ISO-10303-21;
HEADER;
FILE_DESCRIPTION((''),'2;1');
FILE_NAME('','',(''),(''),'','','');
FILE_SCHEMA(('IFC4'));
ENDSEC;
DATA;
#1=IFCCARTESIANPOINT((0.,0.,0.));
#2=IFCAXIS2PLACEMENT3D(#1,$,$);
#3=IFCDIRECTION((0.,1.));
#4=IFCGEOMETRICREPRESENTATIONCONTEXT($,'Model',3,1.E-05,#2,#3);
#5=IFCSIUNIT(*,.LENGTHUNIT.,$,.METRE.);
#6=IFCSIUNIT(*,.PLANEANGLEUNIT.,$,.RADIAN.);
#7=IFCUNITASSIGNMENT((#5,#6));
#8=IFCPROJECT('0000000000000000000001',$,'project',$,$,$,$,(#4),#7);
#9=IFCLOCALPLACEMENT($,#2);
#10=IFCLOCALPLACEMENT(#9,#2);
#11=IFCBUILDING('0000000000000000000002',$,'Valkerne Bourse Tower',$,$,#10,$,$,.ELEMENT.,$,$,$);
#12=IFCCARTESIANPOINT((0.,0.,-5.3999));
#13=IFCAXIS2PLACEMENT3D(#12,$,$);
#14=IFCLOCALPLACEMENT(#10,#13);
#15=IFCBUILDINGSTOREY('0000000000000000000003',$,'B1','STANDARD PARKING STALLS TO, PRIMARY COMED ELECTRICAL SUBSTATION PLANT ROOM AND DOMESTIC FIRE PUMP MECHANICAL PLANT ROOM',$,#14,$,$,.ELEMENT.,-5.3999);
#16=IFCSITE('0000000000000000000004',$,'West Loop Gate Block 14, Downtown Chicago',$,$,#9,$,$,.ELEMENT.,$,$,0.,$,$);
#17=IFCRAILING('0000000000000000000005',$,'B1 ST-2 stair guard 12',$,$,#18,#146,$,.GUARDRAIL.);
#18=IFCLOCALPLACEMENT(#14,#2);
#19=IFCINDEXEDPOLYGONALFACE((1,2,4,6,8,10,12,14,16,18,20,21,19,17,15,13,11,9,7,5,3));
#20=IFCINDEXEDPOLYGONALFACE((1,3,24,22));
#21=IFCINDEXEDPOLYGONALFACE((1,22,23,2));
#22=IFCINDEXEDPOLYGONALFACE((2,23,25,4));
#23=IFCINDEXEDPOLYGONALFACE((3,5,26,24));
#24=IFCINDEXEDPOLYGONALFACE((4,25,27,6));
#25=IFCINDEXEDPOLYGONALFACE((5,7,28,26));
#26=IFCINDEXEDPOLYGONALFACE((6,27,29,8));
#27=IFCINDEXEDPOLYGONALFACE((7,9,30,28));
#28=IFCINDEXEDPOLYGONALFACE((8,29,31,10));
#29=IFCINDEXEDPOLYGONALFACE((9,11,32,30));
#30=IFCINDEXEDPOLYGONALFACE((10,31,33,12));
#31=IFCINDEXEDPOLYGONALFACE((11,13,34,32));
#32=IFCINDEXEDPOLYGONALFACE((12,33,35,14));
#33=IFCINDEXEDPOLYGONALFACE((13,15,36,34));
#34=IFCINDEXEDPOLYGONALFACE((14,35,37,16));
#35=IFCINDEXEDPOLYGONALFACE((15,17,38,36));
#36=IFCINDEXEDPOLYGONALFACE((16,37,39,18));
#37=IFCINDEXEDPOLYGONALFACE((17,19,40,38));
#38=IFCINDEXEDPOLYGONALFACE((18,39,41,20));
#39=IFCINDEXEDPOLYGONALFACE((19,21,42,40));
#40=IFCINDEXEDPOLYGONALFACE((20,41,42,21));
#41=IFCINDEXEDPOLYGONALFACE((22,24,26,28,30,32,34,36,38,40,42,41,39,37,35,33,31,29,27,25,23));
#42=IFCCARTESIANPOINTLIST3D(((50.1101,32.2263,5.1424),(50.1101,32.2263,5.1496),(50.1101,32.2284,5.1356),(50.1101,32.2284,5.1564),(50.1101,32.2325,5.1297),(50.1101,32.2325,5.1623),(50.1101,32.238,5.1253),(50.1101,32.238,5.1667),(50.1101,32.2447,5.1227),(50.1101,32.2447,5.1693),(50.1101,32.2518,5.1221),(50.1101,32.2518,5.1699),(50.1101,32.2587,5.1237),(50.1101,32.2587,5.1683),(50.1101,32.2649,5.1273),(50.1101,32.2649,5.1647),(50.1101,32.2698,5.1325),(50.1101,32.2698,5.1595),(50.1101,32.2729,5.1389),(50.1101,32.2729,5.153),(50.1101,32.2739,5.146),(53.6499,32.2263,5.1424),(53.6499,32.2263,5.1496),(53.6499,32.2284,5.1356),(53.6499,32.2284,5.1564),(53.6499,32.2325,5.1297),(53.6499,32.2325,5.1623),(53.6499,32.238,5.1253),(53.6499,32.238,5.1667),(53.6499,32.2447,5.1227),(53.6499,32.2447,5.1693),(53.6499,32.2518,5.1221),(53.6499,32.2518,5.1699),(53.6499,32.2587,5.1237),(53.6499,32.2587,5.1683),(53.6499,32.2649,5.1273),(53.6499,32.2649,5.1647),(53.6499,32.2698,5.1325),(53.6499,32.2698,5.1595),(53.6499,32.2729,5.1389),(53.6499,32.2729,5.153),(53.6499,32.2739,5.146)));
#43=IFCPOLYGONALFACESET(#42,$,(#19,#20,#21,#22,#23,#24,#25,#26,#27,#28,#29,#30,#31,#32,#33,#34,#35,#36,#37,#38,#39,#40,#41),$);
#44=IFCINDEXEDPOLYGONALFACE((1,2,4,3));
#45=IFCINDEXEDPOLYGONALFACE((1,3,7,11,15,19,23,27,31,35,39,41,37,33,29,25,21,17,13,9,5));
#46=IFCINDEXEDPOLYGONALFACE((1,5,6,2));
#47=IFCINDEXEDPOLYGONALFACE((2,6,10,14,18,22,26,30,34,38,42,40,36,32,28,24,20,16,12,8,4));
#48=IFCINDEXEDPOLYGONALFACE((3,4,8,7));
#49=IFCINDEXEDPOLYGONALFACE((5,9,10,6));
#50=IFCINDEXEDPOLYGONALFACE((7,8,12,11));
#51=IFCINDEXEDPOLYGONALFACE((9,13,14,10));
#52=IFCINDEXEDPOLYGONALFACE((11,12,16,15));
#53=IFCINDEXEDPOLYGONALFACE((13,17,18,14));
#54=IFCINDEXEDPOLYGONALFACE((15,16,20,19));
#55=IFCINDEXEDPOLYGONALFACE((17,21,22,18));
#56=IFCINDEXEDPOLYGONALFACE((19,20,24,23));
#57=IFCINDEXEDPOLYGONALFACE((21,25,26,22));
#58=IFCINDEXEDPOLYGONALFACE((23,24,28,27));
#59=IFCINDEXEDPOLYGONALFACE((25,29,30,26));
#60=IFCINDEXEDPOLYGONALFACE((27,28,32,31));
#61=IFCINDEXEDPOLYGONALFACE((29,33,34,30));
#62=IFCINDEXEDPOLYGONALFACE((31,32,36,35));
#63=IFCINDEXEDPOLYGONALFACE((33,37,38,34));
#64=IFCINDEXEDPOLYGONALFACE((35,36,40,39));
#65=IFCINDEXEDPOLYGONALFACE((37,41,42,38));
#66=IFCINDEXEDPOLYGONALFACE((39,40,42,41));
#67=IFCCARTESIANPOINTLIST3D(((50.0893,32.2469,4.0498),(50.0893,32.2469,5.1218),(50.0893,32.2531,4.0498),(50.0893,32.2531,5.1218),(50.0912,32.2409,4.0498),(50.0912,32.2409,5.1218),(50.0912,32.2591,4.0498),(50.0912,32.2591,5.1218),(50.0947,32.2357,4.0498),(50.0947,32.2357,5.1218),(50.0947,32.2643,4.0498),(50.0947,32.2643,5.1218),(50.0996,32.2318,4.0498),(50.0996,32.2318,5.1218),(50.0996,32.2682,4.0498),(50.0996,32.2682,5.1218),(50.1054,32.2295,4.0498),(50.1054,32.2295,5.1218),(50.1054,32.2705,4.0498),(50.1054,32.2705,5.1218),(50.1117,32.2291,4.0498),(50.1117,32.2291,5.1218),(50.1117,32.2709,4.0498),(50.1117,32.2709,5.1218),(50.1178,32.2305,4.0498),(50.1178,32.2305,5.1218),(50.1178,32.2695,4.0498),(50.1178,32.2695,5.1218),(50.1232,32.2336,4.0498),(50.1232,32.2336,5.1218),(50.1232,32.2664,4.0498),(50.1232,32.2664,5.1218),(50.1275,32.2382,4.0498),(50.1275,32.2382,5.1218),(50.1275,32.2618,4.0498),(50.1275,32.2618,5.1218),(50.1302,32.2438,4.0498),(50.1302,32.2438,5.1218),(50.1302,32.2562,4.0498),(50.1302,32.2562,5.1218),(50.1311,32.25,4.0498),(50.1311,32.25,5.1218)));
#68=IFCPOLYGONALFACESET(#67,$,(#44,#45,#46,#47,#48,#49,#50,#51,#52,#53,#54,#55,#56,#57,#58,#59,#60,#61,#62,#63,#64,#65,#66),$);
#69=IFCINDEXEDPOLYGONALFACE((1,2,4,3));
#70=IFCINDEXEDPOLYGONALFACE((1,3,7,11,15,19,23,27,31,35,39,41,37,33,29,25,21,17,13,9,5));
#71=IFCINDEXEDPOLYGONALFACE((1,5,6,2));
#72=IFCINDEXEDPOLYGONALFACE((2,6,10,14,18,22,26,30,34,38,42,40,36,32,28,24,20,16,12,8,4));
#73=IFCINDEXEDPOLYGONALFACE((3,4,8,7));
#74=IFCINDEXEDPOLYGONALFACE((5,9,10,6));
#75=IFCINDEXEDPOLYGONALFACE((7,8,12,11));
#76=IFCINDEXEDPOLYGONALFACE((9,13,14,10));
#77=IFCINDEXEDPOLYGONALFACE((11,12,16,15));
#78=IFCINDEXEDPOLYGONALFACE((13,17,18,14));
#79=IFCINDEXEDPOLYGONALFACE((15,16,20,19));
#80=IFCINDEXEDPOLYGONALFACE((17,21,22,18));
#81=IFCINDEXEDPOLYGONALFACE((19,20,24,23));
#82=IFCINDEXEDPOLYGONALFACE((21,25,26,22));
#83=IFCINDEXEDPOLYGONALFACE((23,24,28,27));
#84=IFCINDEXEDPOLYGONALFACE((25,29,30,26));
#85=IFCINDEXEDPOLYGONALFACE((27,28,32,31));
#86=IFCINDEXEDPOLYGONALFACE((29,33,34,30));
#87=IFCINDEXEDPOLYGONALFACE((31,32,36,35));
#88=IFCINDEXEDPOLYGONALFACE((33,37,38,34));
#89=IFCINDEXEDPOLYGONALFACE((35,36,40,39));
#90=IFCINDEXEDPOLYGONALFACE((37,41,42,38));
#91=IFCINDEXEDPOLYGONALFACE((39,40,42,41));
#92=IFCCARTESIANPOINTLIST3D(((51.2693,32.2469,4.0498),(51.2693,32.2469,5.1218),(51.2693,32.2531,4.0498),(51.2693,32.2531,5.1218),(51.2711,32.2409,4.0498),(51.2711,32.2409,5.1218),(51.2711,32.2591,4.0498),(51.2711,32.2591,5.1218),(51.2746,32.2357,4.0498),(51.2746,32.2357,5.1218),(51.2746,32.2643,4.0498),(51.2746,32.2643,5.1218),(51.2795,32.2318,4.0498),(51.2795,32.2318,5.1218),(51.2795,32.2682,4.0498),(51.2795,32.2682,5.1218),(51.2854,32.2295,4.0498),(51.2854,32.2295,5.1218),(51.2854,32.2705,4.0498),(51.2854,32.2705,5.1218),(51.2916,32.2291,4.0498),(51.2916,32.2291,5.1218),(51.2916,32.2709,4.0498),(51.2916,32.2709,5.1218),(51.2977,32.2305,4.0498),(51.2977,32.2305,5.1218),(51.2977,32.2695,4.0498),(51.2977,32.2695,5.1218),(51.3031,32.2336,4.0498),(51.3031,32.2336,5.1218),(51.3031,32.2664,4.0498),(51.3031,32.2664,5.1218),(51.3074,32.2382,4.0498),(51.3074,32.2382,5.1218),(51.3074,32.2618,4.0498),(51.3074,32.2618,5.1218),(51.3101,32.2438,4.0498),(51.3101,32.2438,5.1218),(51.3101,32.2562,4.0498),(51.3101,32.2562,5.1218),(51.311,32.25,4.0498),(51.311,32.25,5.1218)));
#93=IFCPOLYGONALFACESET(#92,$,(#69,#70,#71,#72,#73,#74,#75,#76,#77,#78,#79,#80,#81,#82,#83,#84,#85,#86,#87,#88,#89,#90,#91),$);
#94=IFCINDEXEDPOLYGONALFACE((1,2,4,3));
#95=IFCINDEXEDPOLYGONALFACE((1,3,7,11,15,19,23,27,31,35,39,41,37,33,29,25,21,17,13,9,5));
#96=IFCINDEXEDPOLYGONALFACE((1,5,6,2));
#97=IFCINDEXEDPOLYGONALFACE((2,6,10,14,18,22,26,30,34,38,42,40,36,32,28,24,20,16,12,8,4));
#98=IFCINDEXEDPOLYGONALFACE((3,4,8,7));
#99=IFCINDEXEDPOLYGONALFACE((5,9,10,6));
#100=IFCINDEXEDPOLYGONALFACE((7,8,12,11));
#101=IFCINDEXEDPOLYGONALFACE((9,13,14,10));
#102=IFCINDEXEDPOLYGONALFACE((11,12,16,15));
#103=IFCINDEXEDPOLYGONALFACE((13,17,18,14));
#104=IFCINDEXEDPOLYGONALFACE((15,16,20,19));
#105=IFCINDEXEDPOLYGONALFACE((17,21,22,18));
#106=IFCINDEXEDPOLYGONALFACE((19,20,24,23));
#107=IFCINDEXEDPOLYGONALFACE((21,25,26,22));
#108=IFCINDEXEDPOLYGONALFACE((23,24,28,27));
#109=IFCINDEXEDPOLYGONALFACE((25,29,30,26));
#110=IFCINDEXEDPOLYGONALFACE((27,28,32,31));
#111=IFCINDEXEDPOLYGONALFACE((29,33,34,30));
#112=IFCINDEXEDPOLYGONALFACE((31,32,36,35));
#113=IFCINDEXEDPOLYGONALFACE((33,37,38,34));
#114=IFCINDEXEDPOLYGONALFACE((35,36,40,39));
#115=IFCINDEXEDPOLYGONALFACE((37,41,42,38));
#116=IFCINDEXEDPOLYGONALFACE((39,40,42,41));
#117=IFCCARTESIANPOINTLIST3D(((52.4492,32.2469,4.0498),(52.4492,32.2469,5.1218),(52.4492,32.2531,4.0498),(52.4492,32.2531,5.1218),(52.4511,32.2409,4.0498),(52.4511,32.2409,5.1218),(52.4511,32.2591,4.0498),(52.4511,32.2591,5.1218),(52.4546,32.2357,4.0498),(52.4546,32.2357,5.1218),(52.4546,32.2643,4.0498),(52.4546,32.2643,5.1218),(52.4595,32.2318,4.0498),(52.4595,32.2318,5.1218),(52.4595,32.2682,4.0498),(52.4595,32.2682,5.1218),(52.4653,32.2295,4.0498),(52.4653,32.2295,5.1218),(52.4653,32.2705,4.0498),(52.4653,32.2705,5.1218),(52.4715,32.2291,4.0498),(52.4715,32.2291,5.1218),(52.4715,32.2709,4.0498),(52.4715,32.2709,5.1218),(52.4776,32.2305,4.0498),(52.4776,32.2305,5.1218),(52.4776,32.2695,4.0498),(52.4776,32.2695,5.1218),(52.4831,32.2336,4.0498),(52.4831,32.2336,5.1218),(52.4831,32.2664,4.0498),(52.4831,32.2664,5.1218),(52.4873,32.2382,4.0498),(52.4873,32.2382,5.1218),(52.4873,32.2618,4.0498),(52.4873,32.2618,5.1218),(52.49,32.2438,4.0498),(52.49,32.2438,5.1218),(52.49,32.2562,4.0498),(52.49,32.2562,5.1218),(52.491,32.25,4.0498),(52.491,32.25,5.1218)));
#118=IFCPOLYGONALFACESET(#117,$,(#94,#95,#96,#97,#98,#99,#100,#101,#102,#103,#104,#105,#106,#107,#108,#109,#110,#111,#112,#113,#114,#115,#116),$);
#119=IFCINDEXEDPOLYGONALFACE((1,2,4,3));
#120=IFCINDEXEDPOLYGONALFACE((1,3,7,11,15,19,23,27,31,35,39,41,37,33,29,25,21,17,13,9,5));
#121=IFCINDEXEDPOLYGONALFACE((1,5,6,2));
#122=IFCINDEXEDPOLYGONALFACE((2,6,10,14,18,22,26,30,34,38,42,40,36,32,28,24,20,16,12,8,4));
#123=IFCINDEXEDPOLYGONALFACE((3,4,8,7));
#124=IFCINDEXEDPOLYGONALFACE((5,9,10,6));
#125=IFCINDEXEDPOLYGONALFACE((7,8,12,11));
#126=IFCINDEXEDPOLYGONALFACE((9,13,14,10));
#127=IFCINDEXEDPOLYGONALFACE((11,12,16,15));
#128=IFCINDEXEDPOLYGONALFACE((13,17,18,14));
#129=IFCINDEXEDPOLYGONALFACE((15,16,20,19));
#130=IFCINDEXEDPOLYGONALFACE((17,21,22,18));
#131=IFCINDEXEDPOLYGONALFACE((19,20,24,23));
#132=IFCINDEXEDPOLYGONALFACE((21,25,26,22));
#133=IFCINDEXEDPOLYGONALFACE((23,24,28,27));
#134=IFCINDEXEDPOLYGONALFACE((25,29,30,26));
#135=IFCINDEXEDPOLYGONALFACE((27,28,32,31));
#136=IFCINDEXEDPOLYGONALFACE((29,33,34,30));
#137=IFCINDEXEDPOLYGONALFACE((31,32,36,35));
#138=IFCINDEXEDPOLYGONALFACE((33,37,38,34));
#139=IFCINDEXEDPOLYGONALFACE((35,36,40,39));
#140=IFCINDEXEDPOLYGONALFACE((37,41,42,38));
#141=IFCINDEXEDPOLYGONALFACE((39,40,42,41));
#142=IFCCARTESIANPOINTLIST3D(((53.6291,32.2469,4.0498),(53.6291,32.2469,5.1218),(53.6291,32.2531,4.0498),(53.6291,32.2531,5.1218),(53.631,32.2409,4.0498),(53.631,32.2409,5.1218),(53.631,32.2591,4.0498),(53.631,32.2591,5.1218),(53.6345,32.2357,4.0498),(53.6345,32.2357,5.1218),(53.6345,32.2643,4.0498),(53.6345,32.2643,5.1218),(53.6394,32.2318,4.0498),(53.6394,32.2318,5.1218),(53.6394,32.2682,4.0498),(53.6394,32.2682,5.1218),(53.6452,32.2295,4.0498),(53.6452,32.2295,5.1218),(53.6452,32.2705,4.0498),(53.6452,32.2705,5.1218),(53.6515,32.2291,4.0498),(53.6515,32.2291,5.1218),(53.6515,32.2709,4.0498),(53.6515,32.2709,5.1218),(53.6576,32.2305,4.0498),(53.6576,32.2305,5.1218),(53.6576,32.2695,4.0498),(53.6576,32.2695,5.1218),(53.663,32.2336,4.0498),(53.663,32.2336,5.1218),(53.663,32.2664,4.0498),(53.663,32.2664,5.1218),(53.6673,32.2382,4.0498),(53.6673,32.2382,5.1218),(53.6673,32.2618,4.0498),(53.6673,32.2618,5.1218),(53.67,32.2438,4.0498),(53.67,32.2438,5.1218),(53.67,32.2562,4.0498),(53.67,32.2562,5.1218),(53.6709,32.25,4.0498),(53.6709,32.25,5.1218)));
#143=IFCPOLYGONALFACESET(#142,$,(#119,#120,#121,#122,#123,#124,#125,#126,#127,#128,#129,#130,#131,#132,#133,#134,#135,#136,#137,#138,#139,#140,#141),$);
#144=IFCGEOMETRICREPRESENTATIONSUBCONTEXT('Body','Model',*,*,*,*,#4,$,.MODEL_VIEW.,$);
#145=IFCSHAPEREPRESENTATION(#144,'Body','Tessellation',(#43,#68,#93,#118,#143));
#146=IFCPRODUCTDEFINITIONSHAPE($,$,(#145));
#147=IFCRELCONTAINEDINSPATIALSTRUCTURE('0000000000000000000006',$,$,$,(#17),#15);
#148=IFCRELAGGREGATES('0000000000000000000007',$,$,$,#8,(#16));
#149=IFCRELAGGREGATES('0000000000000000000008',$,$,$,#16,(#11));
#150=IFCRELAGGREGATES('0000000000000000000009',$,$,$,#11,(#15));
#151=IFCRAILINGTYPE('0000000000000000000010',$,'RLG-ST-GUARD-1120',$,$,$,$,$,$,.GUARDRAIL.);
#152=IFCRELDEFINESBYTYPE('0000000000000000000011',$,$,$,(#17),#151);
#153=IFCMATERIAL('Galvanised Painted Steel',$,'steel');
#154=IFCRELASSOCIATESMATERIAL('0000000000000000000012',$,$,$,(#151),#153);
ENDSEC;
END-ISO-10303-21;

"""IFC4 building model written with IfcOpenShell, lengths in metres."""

from ifc_helpers import new_model, si_unit, direction, frame, origin, origin_2d, place, context, subcontext, project, spatial, circle, extrude, material, type_object, element, save


model = new_model("IFC4")

# Units and contexts
model_context = context("Model", 3, precision=1e-05, world=origin(), true_north=direction((0.0, 1.0)))
body_context = subcontext(model_context, "Body", "Model", "MODEL_VIEW")
ifc_project = project(units=[si_unit("LENGTHUNIT", "METRE"), si_unit("PLANEANGLEUNIT", "RADIAN")], contexts=[model_context])

# Site, building, storey
site_placement = place(None, origin())
site = spatial("IfcSite", under=ifc_project, at=site_placement, Name="West Loop Gate Block 14, Downtown Chicago", CompositionType="ELEMENT", RefElevation=0.0)
building_placement = place(site_placement, origin())
building = spatial("IfcBuilding", under=site, at=building_placement, Name="Valkerne Bourse Tower", CompositionType="ELEMENT")
storey_placement = place(building_placement, frame((0.0, 0.0, -5.3999)))
storey = spatial("IfcBuildingStorey", under=building, at=storey_placement, Name="B1", Description="STANDARD PARKING STALLS TO, PRIMARY COMED ELECTRICAL SUBSTATION PLANT ROOM AND DOMESTIC FIRE PUMP MECHANICAL PLANT ROOM", CompositionType="ELEMENT", Elevation=-5.3999)

# Shared definitions
ifc_material_1 = material(Name="Galvanised Painted Steel", Category="steel")

# Railing
railing_type_1 = type_object("IfcRailingType", Name="RLG-ST-GUARD-1120", PredefinedType="GUARDRAIL", material=ifc_material_1)
railing_1_placement = place(storey_placement, frame((50.1101, 32.25, 4.0498)))
element("IfcRailing", 1, at=railing_1_placement, inside=storey, type_object=railing_type_1, Name="B1 ST-2 stair guard 12", PredefinedType="GUARDRAIL", context=body_context, shape_type="SweptSolid", body=[
    extrude(circle(Radius=0.0239, at=origin_2d()), frame((0.0, 0.0, 1.0962), z_axis=(1.0, 0.0, 0.0), x_axis=(0.0, 1.0, 0.0)), (0.0, 0.0, 1.0), 3.5398),
    extrude(circle(Radius=0.021, at=origin_2d()), origin(), (0.0, 0.0, 1.0), 1.072),
    extrude(circle(Radius=0.021, at=origin_2d()), frame((1.1799, 0.0, 0.0)), (0.0, 0.0, 1.0), 1.072),
    extrude(circle(Radius=0.021, at=origin_2d()), frame((2.3599, 0.0, 0.0)), (0.0, 0.0, 1.0), 1.072),
    extrude(circle(Radius=0.021, at=origin_2d()), frame((3.5398, 0.0, 0.0)), (0.0, 0.0, 1.0), 1.072),
])

save(model, "model.ifc")
